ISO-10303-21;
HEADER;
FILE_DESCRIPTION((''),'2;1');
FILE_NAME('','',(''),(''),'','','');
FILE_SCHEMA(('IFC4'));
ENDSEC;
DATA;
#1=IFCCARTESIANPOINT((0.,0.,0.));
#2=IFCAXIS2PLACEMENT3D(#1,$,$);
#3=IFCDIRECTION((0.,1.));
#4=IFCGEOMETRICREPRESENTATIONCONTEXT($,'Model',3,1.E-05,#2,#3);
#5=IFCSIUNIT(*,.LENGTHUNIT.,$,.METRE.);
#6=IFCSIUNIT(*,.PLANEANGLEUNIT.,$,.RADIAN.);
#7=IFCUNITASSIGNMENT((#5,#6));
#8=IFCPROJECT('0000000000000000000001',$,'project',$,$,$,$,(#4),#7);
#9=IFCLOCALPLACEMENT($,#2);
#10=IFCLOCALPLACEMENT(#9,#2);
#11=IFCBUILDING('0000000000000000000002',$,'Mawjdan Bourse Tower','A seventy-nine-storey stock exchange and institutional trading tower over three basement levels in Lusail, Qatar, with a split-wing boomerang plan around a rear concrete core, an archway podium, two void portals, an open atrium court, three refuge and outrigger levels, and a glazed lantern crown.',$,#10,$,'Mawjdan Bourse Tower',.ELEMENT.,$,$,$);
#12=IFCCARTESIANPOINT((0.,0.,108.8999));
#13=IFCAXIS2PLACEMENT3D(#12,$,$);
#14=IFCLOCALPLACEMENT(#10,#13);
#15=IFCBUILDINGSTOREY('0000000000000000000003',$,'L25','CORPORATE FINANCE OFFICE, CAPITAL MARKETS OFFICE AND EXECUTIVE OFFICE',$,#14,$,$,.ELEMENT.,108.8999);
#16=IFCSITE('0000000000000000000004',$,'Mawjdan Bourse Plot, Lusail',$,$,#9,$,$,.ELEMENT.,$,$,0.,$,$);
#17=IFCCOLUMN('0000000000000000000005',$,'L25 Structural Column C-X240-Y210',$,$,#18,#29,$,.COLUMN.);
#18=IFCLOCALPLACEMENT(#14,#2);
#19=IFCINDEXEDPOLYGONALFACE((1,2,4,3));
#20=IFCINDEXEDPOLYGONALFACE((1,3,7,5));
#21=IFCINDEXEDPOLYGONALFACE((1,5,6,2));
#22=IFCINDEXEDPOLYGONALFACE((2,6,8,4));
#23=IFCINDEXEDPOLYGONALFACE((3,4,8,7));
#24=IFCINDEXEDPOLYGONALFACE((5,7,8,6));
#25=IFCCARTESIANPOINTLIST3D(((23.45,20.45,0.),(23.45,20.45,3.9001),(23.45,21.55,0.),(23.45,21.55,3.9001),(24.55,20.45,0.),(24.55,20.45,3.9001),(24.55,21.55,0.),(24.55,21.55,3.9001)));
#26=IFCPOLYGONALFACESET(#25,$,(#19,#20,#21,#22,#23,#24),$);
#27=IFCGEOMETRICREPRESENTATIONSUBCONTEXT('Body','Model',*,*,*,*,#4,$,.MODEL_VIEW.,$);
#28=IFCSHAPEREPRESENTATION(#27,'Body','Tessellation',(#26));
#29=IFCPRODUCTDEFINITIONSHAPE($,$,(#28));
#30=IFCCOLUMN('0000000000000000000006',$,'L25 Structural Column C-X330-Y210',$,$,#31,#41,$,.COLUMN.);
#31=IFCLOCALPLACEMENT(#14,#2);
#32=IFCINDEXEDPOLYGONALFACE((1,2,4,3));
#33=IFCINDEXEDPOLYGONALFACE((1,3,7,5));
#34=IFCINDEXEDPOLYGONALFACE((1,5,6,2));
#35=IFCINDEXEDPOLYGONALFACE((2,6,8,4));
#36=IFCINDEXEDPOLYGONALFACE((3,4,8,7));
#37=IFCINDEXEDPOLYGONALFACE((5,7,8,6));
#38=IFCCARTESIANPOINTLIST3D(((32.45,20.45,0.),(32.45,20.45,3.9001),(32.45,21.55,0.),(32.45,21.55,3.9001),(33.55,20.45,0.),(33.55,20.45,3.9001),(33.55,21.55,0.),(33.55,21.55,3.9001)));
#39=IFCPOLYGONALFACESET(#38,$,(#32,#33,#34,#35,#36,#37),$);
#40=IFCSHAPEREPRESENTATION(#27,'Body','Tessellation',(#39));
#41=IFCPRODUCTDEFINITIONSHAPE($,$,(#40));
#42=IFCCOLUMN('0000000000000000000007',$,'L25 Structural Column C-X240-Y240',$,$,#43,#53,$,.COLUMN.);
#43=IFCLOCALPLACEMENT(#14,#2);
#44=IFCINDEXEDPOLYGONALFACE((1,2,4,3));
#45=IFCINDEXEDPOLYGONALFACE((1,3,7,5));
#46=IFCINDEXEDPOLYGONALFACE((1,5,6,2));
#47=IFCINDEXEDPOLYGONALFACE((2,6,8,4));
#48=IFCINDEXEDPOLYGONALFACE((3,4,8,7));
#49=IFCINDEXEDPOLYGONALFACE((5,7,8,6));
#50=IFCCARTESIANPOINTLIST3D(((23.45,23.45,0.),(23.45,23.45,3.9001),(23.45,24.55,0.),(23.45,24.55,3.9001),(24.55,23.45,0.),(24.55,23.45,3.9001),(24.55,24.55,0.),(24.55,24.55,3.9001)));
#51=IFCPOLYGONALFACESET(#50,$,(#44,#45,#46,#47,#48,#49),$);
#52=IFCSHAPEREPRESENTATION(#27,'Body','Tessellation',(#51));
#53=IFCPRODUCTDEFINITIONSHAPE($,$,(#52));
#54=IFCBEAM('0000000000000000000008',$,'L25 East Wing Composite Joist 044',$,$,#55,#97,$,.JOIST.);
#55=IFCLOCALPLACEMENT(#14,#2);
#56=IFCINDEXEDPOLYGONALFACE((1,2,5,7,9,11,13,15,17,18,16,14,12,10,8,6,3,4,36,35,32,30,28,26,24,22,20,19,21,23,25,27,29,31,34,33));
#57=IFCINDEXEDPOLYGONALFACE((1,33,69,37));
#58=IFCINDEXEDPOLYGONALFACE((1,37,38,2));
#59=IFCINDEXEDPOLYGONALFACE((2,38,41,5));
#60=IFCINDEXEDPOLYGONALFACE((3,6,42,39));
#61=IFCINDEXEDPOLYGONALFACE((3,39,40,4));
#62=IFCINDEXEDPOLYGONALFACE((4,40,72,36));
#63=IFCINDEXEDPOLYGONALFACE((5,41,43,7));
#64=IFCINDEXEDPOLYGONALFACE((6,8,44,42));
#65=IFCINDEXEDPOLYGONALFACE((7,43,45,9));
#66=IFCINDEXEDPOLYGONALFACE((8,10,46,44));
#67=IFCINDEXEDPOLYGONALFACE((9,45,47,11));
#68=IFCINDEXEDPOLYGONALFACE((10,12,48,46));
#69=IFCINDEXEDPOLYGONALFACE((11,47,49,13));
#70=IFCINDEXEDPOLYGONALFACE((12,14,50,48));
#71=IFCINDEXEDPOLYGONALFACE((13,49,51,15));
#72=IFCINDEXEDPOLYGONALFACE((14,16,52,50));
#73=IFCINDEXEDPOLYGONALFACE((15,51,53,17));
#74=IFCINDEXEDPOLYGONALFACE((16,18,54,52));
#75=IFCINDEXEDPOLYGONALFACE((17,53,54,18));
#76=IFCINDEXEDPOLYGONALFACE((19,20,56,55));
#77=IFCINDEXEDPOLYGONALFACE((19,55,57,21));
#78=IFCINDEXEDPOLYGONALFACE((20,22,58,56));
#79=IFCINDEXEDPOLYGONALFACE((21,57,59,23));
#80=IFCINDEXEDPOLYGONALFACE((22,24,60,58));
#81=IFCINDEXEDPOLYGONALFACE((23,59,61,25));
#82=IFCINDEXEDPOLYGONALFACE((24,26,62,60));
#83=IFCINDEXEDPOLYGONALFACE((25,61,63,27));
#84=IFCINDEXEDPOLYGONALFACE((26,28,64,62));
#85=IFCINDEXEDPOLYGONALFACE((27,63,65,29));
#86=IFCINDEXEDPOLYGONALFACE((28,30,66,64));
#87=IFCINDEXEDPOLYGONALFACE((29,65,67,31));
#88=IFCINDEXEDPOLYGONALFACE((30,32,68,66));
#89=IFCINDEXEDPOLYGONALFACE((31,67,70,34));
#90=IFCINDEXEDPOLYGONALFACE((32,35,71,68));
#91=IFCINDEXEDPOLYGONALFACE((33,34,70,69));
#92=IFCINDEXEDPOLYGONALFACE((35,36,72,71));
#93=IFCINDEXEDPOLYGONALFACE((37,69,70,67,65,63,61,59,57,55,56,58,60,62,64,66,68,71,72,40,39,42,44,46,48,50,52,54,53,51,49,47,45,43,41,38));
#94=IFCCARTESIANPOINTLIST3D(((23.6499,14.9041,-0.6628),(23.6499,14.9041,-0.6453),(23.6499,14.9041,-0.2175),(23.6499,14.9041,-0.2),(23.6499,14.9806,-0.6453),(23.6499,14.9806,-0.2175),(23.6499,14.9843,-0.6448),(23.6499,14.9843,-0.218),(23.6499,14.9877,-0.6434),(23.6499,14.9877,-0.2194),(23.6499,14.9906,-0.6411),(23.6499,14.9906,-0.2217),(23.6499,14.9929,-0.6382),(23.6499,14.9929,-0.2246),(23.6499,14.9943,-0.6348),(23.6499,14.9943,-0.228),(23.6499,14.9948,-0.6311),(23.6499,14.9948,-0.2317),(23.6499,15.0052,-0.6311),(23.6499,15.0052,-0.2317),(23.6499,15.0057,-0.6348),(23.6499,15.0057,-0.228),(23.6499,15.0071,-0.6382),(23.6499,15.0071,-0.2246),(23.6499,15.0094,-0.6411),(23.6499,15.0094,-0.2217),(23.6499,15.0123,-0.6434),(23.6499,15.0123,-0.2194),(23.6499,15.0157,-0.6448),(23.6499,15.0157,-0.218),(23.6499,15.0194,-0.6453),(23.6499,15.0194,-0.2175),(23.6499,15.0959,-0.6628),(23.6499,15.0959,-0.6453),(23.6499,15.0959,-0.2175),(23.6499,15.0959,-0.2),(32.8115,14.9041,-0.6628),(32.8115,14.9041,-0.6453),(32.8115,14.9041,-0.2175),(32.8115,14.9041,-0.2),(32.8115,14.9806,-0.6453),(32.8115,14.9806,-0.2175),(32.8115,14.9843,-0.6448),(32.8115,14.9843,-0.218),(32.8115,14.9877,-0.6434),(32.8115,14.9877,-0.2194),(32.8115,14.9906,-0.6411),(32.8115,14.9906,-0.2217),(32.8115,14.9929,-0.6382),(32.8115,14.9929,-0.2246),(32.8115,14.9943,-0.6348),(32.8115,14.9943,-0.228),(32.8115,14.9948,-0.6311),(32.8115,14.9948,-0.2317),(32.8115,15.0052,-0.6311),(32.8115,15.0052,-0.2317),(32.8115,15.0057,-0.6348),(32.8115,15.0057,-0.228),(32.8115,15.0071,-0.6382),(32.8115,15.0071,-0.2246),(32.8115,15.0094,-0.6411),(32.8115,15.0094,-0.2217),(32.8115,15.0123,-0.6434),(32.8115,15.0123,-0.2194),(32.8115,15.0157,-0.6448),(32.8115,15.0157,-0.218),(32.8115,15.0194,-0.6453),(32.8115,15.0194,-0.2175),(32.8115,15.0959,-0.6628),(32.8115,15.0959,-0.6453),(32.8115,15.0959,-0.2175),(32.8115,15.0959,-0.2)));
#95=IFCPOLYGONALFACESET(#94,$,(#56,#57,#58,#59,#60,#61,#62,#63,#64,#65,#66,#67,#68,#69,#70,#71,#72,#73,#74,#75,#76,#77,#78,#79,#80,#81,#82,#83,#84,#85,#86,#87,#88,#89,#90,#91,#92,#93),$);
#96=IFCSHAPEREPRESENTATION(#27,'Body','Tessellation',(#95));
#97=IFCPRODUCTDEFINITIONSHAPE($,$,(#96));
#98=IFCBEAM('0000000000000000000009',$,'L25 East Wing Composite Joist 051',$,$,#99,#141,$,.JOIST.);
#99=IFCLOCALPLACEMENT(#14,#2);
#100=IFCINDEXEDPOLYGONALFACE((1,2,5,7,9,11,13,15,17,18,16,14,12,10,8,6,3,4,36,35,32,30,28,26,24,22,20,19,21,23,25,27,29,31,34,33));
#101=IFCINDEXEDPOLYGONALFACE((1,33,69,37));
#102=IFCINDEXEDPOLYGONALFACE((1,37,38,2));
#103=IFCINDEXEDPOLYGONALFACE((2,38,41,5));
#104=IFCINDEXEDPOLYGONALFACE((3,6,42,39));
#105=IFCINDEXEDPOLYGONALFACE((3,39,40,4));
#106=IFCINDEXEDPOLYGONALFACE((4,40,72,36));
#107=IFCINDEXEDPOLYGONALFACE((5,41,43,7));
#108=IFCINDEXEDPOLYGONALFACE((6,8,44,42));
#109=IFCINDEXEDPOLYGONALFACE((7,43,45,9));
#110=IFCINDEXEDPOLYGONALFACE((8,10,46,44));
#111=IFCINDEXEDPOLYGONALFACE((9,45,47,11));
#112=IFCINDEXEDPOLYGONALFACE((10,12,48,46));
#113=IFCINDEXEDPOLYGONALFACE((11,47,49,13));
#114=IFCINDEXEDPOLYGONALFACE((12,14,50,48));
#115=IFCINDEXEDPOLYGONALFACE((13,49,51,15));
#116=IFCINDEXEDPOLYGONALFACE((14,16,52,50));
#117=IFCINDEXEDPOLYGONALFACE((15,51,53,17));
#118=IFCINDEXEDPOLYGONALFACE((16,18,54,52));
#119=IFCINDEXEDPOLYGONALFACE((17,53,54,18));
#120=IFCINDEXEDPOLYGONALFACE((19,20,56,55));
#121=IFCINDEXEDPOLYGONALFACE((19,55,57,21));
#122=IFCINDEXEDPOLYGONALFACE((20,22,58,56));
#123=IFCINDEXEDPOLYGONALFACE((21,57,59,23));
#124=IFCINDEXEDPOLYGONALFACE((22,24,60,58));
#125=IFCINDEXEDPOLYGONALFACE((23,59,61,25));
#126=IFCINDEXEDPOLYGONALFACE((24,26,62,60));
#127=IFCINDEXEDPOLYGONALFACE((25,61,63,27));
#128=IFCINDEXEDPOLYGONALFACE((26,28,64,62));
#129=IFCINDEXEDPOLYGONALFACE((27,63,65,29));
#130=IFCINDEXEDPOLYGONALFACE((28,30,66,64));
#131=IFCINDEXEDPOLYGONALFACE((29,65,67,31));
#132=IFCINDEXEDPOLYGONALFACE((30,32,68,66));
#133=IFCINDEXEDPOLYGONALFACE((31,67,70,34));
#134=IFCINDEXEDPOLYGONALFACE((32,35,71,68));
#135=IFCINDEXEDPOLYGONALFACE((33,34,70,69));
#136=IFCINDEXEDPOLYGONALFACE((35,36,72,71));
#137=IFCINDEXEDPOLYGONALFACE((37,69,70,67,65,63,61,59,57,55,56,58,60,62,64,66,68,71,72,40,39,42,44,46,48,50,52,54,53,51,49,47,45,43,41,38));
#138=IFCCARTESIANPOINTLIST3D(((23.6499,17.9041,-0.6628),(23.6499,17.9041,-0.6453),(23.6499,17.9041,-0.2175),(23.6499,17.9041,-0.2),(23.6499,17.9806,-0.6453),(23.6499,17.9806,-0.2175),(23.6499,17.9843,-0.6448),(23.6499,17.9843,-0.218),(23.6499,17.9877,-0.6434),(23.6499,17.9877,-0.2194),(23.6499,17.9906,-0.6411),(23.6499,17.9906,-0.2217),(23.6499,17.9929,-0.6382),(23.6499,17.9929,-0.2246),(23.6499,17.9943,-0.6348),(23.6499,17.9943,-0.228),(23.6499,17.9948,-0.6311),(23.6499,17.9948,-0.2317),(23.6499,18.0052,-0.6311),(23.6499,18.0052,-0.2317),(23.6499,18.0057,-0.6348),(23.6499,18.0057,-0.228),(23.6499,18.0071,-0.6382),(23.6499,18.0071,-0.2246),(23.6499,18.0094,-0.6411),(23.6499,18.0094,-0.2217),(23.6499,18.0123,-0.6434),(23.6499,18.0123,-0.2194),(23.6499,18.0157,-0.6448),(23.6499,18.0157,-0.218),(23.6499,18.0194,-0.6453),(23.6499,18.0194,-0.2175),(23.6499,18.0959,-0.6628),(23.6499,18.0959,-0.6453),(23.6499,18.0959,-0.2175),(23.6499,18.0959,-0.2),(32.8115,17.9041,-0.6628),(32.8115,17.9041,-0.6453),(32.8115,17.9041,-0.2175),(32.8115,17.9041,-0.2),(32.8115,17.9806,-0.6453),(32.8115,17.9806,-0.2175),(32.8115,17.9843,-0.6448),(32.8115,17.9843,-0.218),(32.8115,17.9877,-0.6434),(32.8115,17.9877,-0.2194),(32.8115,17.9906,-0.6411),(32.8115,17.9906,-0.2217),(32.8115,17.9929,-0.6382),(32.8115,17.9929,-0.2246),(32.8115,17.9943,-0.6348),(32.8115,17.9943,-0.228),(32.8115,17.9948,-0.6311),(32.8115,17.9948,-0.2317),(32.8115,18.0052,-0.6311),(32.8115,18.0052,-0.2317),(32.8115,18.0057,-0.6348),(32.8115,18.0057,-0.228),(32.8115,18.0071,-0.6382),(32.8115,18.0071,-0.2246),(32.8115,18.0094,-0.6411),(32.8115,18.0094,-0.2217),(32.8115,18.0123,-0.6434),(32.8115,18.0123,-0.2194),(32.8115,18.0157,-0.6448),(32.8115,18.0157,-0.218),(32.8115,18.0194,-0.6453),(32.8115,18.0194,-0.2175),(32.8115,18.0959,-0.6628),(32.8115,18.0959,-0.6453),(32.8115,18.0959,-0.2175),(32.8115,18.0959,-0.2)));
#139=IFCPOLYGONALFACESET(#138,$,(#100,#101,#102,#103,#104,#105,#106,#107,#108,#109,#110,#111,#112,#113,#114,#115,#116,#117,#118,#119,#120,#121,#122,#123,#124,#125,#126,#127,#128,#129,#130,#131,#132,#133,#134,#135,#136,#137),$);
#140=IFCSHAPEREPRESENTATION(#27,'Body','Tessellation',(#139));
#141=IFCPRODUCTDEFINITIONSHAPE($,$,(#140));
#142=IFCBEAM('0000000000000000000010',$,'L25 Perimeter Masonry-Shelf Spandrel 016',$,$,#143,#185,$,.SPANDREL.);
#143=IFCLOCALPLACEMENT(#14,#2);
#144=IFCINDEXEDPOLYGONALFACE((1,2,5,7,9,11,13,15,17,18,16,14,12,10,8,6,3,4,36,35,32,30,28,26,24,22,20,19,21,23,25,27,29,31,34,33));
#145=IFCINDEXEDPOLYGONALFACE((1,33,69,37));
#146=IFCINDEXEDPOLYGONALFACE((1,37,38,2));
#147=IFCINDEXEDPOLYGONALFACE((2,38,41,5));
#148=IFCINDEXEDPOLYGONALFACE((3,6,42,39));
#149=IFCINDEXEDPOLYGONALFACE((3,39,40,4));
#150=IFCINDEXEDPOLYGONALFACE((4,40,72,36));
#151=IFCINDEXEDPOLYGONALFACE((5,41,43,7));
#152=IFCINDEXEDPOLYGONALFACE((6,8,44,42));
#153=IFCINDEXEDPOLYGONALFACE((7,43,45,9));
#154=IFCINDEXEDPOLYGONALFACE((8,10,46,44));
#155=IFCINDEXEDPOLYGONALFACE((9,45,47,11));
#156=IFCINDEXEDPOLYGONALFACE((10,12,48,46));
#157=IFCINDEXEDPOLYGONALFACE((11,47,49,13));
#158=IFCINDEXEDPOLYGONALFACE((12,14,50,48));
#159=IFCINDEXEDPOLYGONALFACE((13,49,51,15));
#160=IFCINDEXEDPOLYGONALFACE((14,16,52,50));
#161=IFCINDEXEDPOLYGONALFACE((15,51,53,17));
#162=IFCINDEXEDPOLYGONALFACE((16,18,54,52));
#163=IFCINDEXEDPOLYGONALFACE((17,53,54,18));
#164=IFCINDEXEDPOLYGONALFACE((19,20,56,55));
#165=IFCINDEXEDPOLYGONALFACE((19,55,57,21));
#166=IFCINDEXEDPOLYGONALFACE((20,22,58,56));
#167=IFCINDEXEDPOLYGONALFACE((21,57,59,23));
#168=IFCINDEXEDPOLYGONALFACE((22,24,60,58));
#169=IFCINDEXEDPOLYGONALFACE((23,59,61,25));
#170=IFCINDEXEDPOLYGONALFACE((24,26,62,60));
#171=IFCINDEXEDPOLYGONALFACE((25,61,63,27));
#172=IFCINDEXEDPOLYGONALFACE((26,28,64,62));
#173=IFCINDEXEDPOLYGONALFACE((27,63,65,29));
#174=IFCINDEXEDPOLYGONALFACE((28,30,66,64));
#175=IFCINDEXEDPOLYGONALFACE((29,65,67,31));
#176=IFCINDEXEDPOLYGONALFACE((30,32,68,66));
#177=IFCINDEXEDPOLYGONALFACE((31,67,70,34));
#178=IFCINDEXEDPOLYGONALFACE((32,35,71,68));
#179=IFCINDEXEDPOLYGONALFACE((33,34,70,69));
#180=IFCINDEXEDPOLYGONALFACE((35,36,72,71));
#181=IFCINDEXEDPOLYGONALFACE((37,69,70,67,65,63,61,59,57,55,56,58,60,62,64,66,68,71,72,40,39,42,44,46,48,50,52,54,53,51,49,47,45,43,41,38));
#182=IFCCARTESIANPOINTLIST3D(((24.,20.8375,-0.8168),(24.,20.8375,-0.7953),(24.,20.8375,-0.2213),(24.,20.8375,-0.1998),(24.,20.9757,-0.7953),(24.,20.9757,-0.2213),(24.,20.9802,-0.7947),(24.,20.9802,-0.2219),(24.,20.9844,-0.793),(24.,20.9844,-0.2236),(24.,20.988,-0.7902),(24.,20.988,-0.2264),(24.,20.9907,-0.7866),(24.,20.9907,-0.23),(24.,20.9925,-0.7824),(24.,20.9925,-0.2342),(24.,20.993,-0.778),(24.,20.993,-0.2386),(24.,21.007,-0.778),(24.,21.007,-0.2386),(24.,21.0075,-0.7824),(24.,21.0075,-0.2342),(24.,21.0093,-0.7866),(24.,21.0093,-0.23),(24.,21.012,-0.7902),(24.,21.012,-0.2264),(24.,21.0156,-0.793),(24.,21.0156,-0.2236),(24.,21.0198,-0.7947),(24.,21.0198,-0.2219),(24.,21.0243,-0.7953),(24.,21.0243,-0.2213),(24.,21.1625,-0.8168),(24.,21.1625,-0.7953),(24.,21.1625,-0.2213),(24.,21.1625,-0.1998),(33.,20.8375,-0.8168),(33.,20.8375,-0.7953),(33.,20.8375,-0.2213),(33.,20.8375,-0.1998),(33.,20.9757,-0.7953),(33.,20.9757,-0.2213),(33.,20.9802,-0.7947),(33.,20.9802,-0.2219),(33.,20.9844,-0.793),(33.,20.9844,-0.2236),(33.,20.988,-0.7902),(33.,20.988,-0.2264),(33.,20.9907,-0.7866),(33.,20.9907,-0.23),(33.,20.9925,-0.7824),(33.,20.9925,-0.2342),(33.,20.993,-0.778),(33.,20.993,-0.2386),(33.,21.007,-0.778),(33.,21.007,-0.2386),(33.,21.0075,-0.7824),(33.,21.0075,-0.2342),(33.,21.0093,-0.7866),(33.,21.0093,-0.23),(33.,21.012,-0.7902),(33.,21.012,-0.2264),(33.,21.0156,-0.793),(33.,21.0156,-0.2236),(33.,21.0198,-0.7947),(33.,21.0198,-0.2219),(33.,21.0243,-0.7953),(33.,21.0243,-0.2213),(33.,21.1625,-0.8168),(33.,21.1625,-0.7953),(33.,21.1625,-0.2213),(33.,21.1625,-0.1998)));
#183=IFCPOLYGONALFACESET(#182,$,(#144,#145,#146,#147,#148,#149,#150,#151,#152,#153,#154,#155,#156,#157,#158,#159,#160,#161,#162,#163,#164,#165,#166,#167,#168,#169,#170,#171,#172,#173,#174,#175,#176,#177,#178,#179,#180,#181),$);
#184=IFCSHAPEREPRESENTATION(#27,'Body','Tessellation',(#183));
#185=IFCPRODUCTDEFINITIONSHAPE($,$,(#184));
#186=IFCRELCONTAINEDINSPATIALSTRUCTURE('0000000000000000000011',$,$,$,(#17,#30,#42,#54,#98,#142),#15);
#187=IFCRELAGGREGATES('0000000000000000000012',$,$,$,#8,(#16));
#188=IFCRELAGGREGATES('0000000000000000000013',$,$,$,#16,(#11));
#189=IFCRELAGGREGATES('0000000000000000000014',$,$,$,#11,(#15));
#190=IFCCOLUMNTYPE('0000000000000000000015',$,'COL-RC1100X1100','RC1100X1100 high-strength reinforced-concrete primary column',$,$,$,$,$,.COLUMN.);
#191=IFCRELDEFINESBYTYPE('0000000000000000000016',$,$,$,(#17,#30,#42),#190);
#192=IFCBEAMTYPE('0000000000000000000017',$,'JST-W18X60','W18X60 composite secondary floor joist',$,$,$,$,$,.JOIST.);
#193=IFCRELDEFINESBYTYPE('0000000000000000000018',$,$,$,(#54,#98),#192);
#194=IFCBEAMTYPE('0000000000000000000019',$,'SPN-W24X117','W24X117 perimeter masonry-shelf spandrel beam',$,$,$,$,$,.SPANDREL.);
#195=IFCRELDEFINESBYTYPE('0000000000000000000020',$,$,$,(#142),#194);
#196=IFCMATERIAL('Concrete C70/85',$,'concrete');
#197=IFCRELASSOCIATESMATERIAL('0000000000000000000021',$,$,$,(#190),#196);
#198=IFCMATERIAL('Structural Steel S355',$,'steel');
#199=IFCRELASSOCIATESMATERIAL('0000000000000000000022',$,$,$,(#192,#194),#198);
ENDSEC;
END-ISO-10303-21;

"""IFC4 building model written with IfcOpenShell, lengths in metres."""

from ifc_helpers import new_model, si_unit, direction, frame, origin, origin_2d, place, context, subcontext, project, spatial, rectangle, i_section, extrude, material, material_profile, profile_set, type_object, element, save


model = new_model("IFC4")

# Units and contexts
model_context = context("Model", 3, precision=1e-05, world=origin(), true_north=direction((0.0, 1.0)))
body_context = subcontext(model_context, "Body", "Model", "MODEL_VIEW")
ifc_project = project(units=[si_unit("LENGTHUNIT", "METRE"), si_unit("PLANEANGLEUNIT", "RADIAN")], contexts=[model_context])

# Site, building, storey
site_placement = place(None, origin())
site = spatial("IfcSite", under=ifc_project, at=site_placement, Name="Mawjdan Bourse Plot, Lusail", CompositionType="ELEMENT", RefElevation=0.0)
building_placement = place(site_placement, origin())
building = spatial("IfcBuilding", under=site, at=building_placement, Name="Mawjdan Bourse Tower", Description="A seventy-nine-storey stock exchange and institutional trading tower over three basement levels in Lusail, Qatar, with a split-wing boomerang plan around a rear concrete core, an archway podium, two void portals, an open atrium court, three refuge and outrigger levels, and a glazed lantern crown.", LongName="Mawjdan Bourse Tower", CompositionType="ELEMENT")
storey_placement = place(building_placement, frame((0.0, 0.0, 108.8999)))
storey = spatial("IfcBuildingStorey", under=building, at=storey_placement, Name="L25", Description="CORPORATE FINANCE OFFICE, CAPITAL MARKETS OFFICE AND EXECUTIVE OFFICE", CompositionType="ELEMENT", Elevation=108.8999)

# Columns
ifc_material_1 = material(Name="Concrete C70/85", Category="concrete")
ifc_material_profile_1 = material_profile(ifc_material_1, rectangle(XDim=1.1001, YDim=1.1001, at=origin_2d()), Name="RC1100X1100")
ifc_profile_set_1 = profile_set([ifc_material_profile_1], Name="Concrete C70/85")
column_type = type_object("IfcColumnType", Name="COL-RC1100X1100", Description="RC1100X1100 high-strength reinforced-concrete primary column", PredefinedType="COLUMN", material=ifc_profile_set_1)
for number, where, z_axis, x_axis, name in (
    (1, (24.0, 21.0, 0.0), (0.0, 0.0, 1.0), (1.0, 0.0, 0.0), "L25 Structural Column C-X240-Y210"),
    (2, (33.0, 21.0, 0.0), (0.0, 0.0, 1.0), (1.0, 0.0, 0.0), "L25 Structural Column C-X330-Y210"),
    (3, (24.0, 24.0, 0.0), (0.0, 0.0, 1.0), (1.0, 0.0, 0.0), "L25 Structural Column C-X240-Y240"),
):
    element("IfcColumn", number, at=place(storey_placement, frame(where, z_axis=z_axis, x_axis=x_axis)), inside=storey, type_object=column_type, Name=name, PredefinedType="COLUMN", context=body_context, shape_type="SweptSolid", body=[
        extrude(rectangle(XDim=1.1001, YDim=1.1001, at=origin_2d()), origin(), (0.0, 0.0, 1.0), 3.9001),
    ])

# Beams
ifc_material_2 = material(Name="Structural Steel S355", Category="steel")
ifc_material_profile_2 = material_profile(ifc_material_2, i_section(OverallWidth=0.1919, OverallDepth=0.4629, WebThickness=0.0105, FlangeThickness=0.0176, FilletRadius=0.0142, at=origin_2d()), Name="W18X60")
ifc_profile_set_2 = profile_set([ifc_material_profile_2], Name="Structural Steel S355")
beam_type_1 = type_object("IfcBeamType", Name="JST-W18X60", Description="W18X60 composite secondary floor joist", PredefinedType="JOIST", material=ifc_profile_set_2)
for number, where, z_axis, x_axis, name in (
    (4, (23.6499, 15.0, -0.4314), (1.0, 0.0, 0.0), (0.0, 1.0, 0.0), "L25 East Wing Composite Joist 044"),
    (5, (23.6499, 18.0, -0.4314), (1.0, 0.0, 0.0), (0.0, 1.0, 0.0), "L25 East Wing Composite Joist 051"),
):
    element("IfcBeam", number, at=place(storey_placement, frame(where, z_axis=z_axis, x_axis=x_axis)), inside=storey, type_object=beam_type_1, Name=name, PredefinedType="JOIST", context=body_context, shape_type="SweptSolid", body=[
        extrude(i_section(OverallWidth=0.1919, OverallDepth=0.4629, WebThickness=0.0105, FlangeThickness=0.0176, FilletRadius=0.0142, at=origin_2d()), origin(), (0.0, 0.0, 1.0), 9.1616),
    ])
ifc_material_profile_3 = material_profile(ifc_material_2, i_section(OverallWidth=0.325, OverallDepth=0.6169, WebThickness=0.0139, FlangeThickness=0.0215, FilletRadius=0.0173, at=origin_2d()), Name="W24X117")
ifc_profile_set_3 = profile_set([ifc_material_profile_3], Name="Structural Steel S355")
beam_type_2 = type_object("IfcBeamType", Name="SPN-W24X117", Description="W24X117 perimeter masonry-shelf spandrel beam", PredefinedType="SPANDREL", material=ifc_profile_set_3)
beam_1_placement = place(storey_placement, frame((24.0, 21.0, -0.5083), z_axis=(1.0, 0.0, 0.0), x_axis=(0.0, 1.0, 0.0)))
element("IfcBeam", 6, at=beam_1_placement, inside=storey, type_object=beam_type_2, Name="L25 Perimeter Masonry-Shelf Spandrel 016", PredefinedType="SPANDREL", context=body_context, shape_type="SweptSolid", body=[
    extrude(i_section(OverallWidth=0.325, OverallDepth=0.6169, WebThickness=0.0139, FlangeThickness=0.0215, FilletRadius=0.0173, at=origin_2d()), origin(), (0.0, 0.0, 1.0), 9.0),
])

save(model, "model.ifc")
